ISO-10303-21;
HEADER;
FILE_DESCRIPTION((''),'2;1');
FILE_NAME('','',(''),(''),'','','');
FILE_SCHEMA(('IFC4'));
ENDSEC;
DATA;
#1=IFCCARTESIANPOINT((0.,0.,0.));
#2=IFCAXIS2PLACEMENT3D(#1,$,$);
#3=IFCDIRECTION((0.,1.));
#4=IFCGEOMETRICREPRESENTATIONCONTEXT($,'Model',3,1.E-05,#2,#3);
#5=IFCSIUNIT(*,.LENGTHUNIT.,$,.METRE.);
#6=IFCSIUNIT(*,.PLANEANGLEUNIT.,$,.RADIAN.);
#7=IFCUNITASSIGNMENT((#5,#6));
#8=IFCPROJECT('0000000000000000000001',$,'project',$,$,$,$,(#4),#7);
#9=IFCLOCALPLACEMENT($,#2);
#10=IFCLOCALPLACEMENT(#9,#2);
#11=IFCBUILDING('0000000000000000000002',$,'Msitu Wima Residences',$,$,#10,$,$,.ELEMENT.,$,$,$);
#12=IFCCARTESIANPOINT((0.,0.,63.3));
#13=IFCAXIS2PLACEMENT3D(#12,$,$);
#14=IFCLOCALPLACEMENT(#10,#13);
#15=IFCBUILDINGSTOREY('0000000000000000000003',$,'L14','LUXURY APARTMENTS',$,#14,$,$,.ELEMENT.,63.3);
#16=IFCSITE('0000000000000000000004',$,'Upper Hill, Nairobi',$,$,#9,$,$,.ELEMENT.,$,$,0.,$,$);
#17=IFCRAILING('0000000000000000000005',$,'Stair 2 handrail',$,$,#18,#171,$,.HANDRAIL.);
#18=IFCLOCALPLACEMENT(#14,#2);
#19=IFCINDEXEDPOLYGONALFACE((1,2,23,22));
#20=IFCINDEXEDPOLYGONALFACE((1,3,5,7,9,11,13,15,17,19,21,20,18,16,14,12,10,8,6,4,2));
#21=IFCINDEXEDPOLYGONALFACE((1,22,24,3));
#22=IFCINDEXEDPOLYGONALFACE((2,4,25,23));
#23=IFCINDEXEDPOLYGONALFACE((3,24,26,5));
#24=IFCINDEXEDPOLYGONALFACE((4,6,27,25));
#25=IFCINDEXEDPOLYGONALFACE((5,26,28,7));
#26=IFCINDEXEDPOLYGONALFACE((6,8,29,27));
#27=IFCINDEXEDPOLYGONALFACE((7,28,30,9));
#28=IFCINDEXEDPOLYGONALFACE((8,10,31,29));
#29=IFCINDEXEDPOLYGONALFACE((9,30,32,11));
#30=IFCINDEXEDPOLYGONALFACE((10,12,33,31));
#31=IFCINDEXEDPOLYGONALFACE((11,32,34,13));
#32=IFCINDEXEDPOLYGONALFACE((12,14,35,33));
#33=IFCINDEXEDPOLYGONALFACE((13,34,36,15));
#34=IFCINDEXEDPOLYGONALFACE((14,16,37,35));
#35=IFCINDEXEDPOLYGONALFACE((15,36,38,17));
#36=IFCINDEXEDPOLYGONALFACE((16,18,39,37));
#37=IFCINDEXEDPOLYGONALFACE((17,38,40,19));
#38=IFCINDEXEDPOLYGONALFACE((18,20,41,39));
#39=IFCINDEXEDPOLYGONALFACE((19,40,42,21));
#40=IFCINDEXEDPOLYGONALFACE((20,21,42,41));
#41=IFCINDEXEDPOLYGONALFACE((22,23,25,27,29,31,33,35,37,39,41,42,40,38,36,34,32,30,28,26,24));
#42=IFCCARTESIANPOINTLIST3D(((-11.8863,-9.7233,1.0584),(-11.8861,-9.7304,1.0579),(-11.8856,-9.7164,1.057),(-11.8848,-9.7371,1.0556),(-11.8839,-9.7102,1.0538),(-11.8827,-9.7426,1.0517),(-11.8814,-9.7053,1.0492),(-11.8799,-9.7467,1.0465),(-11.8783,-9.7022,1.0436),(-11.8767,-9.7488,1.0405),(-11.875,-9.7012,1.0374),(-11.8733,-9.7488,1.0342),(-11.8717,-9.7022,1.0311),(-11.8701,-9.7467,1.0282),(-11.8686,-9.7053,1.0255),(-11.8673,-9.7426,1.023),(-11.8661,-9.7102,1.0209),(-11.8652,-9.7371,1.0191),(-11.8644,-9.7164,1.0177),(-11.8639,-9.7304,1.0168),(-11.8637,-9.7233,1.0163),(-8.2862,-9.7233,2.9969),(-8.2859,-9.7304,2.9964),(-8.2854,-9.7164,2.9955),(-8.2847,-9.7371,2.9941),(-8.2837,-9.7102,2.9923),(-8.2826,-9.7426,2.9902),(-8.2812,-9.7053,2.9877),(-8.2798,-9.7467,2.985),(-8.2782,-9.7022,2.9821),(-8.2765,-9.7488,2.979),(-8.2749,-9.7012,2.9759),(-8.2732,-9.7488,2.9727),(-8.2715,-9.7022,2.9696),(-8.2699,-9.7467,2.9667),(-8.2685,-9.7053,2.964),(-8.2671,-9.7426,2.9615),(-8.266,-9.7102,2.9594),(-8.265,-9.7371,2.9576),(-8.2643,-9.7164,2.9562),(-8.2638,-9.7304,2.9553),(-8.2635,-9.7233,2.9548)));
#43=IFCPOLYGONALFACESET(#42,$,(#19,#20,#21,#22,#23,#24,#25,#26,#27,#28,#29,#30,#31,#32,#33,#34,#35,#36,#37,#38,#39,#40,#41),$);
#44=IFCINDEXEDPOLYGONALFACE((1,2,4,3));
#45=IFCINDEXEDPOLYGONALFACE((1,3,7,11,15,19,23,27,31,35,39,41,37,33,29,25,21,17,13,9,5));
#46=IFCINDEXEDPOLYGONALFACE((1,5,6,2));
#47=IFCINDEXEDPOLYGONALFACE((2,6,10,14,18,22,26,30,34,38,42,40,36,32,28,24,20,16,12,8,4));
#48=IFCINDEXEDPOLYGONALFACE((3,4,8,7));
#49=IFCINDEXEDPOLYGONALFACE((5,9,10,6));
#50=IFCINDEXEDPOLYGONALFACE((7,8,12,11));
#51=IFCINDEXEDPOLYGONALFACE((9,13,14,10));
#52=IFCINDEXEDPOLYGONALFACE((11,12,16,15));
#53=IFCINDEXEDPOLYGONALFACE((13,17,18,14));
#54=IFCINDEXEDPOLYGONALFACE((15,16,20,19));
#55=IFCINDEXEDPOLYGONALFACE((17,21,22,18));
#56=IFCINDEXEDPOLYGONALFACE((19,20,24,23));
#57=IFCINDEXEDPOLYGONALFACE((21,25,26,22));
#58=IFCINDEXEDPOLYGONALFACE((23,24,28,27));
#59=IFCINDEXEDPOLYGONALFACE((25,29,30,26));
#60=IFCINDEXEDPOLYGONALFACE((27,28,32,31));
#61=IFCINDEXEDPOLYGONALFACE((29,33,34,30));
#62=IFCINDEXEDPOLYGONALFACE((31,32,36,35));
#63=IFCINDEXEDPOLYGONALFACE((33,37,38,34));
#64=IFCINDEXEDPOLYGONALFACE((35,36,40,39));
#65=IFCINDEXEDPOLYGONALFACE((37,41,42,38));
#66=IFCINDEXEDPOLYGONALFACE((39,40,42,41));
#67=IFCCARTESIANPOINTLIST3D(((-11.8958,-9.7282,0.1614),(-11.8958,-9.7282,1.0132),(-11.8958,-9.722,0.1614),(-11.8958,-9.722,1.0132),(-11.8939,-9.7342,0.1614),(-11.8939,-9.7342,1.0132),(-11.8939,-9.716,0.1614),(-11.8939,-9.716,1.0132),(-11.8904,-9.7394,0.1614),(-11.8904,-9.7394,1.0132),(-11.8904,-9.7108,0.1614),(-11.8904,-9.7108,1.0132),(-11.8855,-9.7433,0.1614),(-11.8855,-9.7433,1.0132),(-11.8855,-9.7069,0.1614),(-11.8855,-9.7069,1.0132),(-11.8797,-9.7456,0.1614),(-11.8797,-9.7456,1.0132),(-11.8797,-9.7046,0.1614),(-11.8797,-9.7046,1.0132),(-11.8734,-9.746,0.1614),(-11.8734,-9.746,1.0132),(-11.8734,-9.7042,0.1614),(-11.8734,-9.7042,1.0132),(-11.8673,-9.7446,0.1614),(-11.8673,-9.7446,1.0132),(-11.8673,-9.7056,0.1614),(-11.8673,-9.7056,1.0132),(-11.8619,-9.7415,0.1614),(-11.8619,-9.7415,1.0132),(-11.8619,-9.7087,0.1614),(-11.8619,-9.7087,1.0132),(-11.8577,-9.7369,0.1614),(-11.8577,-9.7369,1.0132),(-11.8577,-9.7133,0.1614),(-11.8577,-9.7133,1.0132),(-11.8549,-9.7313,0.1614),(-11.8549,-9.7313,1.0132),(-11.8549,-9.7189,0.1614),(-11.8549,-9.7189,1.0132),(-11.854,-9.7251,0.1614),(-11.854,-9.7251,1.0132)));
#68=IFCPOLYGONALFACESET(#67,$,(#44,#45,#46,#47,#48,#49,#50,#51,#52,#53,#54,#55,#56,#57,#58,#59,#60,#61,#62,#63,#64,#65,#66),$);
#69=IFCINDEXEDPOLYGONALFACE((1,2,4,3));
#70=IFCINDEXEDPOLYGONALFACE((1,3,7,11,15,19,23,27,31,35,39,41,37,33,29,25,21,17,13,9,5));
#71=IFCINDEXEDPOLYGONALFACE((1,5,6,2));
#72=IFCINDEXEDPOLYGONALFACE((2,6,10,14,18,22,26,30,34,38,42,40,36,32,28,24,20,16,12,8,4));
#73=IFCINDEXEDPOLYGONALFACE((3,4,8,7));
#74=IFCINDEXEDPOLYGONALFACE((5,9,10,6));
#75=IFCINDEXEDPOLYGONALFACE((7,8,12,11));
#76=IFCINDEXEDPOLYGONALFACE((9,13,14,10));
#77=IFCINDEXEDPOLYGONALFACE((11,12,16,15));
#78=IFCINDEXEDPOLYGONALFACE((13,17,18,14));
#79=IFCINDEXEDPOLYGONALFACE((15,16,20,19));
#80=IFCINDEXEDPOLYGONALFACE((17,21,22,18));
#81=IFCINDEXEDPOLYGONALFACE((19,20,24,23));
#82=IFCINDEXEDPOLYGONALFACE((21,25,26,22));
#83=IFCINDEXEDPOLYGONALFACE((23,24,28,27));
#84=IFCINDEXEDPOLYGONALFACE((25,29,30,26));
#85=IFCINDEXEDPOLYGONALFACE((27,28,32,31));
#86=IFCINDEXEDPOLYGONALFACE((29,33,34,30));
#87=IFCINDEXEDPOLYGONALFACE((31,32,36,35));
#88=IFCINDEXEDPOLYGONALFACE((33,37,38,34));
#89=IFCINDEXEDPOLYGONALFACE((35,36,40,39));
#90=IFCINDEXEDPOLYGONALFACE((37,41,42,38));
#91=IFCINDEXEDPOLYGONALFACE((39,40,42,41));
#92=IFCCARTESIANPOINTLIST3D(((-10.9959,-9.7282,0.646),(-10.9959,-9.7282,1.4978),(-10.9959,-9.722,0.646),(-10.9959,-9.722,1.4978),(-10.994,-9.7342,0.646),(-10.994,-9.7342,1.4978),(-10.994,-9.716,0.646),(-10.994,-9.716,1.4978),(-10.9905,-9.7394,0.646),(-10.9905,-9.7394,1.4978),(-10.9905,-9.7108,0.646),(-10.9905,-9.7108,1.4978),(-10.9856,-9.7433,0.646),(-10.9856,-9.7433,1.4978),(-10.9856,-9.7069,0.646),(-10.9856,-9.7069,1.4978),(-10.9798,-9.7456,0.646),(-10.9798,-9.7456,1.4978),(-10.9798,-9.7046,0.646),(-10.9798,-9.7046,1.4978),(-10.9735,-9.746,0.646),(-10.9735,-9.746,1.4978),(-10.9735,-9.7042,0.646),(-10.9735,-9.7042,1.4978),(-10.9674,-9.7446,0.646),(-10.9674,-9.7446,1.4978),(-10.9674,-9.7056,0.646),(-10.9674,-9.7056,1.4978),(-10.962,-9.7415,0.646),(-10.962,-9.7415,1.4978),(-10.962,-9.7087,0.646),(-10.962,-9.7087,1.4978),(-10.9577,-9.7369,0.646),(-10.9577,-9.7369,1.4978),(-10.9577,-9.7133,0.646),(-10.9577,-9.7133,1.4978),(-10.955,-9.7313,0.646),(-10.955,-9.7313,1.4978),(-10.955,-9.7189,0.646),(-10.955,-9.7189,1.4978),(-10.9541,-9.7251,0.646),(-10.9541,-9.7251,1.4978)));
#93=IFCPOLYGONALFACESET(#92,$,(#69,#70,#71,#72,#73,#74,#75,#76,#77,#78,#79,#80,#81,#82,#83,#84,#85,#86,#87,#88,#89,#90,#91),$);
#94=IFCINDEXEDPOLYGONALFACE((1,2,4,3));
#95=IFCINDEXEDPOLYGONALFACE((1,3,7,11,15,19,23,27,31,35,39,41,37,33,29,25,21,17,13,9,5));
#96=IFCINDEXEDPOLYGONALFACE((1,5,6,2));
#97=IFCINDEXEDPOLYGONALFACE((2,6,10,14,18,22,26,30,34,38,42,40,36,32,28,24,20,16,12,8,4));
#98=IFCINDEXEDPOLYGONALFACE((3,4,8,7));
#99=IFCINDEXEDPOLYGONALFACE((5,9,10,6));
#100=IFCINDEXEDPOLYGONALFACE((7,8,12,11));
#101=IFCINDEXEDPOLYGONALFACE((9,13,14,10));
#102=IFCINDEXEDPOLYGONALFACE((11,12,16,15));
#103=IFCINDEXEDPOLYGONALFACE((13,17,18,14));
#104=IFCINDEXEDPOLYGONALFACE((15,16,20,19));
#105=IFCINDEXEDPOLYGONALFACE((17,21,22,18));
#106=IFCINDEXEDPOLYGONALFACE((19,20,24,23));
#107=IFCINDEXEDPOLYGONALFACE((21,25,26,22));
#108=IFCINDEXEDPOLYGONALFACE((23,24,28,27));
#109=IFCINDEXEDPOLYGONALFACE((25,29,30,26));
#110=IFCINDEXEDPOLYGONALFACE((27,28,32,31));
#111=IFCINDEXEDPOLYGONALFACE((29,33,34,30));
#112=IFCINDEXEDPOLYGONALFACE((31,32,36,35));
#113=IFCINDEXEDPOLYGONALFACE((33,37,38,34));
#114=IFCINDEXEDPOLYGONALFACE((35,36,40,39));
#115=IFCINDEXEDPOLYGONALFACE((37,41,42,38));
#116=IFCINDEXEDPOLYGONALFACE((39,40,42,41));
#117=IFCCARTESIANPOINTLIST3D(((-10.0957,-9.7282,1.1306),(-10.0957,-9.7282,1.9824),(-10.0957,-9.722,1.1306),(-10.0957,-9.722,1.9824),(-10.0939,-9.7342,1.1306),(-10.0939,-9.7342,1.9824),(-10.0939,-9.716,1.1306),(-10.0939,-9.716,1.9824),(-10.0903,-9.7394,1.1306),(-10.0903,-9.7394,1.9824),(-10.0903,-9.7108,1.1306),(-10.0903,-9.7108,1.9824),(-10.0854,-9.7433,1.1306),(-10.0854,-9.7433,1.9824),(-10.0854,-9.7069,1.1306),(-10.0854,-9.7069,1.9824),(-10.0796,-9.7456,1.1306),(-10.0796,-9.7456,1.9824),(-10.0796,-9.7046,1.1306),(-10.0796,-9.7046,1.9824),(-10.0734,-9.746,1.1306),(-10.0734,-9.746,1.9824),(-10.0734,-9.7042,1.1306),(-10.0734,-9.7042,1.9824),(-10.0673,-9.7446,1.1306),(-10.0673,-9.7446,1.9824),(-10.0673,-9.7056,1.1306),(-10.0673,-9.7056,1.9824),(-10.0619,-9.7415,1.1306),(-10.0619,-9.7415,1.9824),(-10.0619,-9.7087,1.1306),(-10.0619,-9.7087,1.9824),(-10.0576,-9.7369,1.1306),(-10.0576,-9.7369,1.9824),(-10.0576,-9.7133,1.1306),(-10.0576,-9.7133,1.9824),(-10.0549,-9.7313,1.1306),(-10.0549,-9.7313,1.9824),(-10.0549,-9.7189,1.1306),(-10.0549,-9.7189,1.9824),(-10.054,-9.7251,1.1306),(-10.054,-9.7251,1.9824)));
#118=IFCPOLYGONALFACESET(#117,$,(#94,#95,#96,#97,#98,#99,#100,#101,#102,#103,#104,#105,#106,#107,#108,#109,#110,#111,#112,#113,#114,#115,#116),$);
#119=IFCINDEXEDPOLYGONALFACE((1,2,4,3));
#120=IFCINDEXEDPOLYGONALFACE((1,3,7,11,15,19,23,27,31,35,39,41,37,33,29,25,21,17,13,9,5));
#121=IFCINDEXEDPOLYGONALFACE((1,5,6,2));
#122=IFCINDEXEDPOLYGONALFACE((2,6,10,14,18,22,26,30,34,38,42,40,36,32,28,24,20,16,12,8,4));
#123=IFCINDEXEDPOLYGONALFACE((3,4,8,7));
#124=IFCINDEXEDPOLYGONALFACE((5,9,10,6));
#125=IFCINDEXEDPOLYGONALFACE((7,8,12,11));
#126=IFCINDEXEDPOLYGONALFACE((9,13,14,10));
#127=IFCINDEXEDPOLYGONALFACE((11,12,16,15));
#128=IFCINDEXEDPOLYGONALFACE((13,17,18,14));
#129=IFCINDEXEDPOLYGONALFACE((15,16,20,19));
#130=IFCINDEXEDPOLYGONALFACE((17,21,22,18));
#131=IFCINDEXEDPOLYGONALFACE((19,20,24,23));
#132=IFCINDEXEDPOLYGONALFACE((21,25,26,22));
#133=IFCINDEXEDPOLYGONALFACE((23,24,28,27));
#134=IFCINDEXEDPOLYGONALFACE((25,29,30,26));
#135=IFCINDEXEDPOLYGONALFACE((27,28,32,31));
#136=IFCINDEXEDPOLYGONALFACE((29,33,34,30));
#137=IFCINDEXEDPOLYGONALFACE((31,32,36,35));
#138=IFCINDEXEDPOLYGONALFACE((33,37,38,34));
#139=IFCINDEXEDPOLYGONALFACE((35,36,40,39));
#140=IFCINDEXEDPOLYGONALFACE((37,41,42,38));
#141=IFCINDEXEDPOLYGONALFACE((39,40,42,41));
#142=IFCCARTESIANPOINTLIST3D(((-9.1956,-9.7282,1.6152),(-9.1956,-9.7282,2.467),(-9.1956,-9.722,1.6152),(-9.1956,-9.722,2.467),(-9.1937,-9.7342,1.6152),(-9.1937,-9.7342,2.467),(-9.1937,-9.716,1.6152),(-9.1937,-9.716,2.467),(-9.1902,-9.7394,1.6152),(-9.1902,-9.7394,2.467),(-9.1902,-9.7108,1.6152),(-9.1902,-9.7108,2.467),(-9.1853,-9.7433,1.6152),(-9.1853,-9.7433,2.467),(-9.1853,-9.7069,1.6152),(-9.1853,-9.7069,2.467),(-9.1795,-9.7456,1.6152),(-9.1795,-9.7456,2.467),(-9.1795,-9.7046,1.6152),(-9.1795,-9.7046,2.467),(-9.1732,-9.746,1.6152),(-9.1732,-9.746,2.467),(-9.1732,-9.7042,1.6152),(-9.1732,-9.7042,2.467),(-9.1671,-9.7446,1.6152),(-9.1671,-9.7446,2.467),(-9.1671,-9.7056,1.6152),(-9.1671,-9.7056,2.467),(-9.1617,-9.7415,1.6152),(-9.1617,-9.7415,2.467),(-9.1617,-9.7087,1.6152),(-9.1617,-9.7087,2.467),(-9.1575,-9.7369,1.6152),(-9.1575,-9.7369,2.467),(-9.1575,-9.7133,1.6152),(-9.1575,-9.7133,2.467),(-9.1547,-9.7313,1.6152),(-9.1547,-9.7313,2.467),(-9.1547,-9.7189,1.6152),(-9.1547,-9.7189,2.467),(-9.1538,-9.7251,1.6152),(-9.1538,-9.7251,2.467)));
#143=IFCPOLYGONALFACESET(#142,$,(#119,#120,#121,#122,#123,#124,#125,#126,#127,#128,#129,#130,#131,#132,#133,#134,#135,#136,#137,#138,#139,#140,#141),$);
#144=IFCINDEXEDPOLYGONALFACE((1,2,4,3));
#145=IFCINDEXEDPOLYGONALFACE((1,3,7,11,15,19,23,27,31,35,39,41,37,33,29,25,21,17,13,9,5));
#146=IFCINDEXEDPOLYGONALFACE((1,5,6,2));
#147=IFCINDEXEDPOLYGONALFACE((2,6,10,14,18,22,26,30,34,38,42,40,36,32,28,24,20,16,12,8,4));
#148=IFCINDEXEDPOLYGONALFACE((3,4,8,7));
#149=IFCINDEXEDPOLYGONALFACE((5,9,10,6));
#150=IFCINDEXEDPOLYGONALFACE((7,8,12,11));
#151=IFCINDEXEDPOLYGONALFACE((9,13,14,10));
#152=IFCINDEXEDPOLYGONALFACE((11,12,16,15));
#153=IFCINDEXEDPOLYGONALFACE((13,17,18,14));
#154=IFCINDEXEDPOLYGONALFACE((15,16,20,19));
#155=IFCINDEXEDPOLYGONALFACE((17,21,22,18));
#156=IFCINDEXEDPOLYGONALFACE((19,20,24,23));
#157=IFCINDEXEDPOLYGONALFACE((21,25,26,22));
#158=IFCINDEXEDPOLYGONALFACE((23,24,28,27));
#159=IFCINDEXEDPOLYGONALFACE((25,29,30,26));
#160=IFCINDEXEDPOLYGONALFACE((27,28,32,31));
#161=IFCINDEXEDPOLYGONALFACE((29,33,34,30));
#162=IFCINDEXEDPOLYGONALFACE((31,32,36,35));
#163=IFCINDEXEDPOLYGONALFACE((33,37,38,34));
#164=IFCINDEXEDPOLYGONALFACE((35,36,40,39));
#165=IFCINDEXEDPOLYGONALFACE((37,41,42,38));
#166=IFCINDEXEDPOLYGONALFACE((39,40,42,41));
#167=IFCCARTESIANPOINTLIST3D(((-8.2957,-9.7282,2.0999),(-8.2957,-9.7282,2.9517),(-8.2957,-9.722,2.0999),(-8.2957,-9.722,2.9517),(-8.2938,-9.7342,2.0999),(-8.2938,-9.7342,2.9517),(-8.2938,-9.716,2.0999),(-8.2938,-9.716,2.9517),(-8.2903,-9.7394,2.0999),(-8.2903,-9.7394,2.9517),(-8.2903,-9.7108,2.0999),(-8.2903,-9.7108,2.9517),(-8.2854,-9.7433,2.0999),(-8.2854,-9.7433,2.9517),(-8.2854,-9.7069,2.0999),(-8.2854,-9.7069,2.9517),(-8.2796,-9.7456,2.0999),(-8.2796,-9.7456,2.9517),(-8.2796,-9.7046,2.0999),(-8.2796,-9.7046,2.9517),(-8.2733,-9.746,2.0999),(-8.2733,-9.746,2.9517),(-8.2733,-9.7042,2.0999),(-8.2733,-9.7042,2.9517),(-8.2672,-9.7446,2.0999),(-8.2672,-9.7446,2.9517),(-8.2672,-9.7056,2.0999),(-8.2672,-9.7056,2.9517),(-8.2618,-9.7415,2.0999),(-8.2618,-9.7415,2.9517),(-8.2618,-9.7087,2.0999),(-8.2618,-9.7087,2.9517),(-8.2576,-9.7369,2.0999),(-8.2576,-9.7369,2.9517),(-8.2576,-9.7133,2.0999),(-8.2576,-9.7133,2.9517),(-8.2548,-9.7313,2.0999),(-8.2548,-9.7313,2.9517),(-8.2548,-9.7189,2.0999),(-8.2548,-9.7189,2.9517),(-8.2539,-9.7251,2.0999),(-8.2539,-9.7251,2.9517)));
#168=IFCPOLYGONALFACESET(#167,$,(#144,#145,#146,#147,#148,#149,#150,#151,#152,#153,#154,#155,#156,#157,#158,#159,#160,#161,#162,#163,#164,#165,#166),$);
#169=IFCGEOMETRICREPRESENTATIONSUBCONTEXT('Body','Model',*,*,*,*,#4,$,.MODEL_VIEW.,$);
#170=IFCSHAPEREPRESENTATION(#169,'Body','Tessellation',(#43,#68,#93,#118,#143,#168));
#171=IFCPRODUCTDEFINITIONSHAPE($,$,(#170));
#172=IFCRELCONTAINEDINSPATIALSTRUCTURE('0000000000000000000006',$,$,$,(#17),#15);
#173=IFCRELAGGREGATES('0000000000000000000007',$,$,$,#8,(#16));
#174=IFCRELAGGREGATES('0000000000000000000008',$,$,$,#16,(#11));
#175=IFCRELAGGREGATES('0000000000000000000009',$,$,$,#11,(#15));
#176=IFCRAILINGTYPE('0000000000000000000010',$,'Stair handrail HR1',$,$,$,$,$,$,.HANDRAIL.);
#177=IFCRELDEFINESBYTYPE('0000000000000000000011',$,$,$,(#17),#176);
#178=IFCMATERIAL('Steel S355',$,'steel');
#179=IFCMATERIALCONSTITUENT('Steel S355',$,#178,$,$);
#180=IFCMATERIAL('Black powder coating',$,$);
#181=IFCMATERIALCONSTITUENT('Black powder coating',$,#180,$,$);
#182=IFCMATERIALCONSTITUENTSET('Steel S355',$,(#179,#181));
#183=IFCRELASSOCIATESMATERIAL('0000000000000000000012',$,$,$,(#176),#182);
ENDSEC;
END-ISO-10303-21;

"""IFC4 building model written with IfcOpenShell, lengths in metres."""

from ifc_helpers import new_model, si_unit, direction, frame, origin, origin_2d, place, context, subcontext, project, spatial, circle, extrude, material, constituent, constituent_set, type_object, element, save


model = new_model("IFC4")

# Units and contexts
model_context = context("Model", 3, precision=1e-05, world=origin(), true_north=direction((0.0, 1.0)))
body_context = subcontext(model_context, "Body", "Model", "MODEL_VIEW")
ifc_project = project(units=[si_unit("LENGTHUNIT", "METRE"), si_unit("PLANEANGLEUNIT", "RADIAN")], contexts=[model_context])

# Site, building, storey
site_placement = place(None, origin())
site = spatial("IfcSite", under=ifc_project, at=site_placement, Name="Upper Hill, Nairobi", CompositionType="ELEMENT", RefElevation=0.0)
building_placement = place(site_placement, origin())
building = spatial("IfcBuilding", under=site, at=building_placement, Name="Msitu Wima Residences", CompositionType="ELEMENT")
storey_placement = place(building_placement, frame((0.0, 0.0, 63.3)))
storey = spatial("IfcBuildingStorey", under=building, at=storey_placement, Name="L14", Description="LUXURY APARTMENTS", CompositionType="ELEMENT", Elevation=63.3)

# Railing
ifc_material_1 = material(Name="Steel S355", Category="steel")
ifc_constituent_1 = constituent(ifc_material_1, Name="Steel S355")
ifc_material_2 = material(Name="Black powder coating")
ifc_constituent_2 = constituent(ifc_material_2, Name="Black powder coating")
ifc_constituent_set = constituent_set(constituents=[ifc_constituent_1, ifc_constituent_2], Name="Steel S355")
railing_type = type_object("IfcRailingType", Name="Stair handrail HR1", PredefinedType="HANDRAIL", material=ifc_constituent_set)
for number, where, name in (
    (1, (-11.875, -9.7251, 0.1614), "Stair 2 handrail"),
):
    element("IfcRailing", number, at=place(storey_placement, frame(where)), inside=storey, type_object=railing_type, Name=name, PredefinedType="HANDRAIL", context=body_context, shape_type="SweptSolid", body=[
        extrude(circle(Radius=0.0239, at=origin_2d()), frame((0.0, 0.0, 0.876), z_axis=(0.880475, 0.0, 0.474093), x_axis=(0.0, 1.0, 0.0)), (0.0, 0.0, 1.0), 4.0889),
        extrude(circle(Radius=0.021, at=origin_2d()), origin(), (0.0, 0.0, 1.0), 0.8518),
        extrude(circle(Radius=0.021, at=origin_2d()), frame((0.8999, 0.0, 0.4846)), (0.0, 0.0, 1.0), 0.8518),
        extrude(circle(Radius=0.021, at=origin_2d()), frame((1.8, 0.0, 0.9692)), (0.0, 0.0, 1.0), 0.8518),
        extrude(circle(Radius=0.021, at=origin_2d()), frame((2.7002, 0.0, 1.4539)), (0.0, 0.0, 1.0), 0.8518),
        extrude(circle(Radius=0.021, at=origin_2d()), frame((3.6001, 0.0, 1.9385)), (0.0, 0.0, 1.0), 0.8518),
    ])

save(model, "model.ifc")
